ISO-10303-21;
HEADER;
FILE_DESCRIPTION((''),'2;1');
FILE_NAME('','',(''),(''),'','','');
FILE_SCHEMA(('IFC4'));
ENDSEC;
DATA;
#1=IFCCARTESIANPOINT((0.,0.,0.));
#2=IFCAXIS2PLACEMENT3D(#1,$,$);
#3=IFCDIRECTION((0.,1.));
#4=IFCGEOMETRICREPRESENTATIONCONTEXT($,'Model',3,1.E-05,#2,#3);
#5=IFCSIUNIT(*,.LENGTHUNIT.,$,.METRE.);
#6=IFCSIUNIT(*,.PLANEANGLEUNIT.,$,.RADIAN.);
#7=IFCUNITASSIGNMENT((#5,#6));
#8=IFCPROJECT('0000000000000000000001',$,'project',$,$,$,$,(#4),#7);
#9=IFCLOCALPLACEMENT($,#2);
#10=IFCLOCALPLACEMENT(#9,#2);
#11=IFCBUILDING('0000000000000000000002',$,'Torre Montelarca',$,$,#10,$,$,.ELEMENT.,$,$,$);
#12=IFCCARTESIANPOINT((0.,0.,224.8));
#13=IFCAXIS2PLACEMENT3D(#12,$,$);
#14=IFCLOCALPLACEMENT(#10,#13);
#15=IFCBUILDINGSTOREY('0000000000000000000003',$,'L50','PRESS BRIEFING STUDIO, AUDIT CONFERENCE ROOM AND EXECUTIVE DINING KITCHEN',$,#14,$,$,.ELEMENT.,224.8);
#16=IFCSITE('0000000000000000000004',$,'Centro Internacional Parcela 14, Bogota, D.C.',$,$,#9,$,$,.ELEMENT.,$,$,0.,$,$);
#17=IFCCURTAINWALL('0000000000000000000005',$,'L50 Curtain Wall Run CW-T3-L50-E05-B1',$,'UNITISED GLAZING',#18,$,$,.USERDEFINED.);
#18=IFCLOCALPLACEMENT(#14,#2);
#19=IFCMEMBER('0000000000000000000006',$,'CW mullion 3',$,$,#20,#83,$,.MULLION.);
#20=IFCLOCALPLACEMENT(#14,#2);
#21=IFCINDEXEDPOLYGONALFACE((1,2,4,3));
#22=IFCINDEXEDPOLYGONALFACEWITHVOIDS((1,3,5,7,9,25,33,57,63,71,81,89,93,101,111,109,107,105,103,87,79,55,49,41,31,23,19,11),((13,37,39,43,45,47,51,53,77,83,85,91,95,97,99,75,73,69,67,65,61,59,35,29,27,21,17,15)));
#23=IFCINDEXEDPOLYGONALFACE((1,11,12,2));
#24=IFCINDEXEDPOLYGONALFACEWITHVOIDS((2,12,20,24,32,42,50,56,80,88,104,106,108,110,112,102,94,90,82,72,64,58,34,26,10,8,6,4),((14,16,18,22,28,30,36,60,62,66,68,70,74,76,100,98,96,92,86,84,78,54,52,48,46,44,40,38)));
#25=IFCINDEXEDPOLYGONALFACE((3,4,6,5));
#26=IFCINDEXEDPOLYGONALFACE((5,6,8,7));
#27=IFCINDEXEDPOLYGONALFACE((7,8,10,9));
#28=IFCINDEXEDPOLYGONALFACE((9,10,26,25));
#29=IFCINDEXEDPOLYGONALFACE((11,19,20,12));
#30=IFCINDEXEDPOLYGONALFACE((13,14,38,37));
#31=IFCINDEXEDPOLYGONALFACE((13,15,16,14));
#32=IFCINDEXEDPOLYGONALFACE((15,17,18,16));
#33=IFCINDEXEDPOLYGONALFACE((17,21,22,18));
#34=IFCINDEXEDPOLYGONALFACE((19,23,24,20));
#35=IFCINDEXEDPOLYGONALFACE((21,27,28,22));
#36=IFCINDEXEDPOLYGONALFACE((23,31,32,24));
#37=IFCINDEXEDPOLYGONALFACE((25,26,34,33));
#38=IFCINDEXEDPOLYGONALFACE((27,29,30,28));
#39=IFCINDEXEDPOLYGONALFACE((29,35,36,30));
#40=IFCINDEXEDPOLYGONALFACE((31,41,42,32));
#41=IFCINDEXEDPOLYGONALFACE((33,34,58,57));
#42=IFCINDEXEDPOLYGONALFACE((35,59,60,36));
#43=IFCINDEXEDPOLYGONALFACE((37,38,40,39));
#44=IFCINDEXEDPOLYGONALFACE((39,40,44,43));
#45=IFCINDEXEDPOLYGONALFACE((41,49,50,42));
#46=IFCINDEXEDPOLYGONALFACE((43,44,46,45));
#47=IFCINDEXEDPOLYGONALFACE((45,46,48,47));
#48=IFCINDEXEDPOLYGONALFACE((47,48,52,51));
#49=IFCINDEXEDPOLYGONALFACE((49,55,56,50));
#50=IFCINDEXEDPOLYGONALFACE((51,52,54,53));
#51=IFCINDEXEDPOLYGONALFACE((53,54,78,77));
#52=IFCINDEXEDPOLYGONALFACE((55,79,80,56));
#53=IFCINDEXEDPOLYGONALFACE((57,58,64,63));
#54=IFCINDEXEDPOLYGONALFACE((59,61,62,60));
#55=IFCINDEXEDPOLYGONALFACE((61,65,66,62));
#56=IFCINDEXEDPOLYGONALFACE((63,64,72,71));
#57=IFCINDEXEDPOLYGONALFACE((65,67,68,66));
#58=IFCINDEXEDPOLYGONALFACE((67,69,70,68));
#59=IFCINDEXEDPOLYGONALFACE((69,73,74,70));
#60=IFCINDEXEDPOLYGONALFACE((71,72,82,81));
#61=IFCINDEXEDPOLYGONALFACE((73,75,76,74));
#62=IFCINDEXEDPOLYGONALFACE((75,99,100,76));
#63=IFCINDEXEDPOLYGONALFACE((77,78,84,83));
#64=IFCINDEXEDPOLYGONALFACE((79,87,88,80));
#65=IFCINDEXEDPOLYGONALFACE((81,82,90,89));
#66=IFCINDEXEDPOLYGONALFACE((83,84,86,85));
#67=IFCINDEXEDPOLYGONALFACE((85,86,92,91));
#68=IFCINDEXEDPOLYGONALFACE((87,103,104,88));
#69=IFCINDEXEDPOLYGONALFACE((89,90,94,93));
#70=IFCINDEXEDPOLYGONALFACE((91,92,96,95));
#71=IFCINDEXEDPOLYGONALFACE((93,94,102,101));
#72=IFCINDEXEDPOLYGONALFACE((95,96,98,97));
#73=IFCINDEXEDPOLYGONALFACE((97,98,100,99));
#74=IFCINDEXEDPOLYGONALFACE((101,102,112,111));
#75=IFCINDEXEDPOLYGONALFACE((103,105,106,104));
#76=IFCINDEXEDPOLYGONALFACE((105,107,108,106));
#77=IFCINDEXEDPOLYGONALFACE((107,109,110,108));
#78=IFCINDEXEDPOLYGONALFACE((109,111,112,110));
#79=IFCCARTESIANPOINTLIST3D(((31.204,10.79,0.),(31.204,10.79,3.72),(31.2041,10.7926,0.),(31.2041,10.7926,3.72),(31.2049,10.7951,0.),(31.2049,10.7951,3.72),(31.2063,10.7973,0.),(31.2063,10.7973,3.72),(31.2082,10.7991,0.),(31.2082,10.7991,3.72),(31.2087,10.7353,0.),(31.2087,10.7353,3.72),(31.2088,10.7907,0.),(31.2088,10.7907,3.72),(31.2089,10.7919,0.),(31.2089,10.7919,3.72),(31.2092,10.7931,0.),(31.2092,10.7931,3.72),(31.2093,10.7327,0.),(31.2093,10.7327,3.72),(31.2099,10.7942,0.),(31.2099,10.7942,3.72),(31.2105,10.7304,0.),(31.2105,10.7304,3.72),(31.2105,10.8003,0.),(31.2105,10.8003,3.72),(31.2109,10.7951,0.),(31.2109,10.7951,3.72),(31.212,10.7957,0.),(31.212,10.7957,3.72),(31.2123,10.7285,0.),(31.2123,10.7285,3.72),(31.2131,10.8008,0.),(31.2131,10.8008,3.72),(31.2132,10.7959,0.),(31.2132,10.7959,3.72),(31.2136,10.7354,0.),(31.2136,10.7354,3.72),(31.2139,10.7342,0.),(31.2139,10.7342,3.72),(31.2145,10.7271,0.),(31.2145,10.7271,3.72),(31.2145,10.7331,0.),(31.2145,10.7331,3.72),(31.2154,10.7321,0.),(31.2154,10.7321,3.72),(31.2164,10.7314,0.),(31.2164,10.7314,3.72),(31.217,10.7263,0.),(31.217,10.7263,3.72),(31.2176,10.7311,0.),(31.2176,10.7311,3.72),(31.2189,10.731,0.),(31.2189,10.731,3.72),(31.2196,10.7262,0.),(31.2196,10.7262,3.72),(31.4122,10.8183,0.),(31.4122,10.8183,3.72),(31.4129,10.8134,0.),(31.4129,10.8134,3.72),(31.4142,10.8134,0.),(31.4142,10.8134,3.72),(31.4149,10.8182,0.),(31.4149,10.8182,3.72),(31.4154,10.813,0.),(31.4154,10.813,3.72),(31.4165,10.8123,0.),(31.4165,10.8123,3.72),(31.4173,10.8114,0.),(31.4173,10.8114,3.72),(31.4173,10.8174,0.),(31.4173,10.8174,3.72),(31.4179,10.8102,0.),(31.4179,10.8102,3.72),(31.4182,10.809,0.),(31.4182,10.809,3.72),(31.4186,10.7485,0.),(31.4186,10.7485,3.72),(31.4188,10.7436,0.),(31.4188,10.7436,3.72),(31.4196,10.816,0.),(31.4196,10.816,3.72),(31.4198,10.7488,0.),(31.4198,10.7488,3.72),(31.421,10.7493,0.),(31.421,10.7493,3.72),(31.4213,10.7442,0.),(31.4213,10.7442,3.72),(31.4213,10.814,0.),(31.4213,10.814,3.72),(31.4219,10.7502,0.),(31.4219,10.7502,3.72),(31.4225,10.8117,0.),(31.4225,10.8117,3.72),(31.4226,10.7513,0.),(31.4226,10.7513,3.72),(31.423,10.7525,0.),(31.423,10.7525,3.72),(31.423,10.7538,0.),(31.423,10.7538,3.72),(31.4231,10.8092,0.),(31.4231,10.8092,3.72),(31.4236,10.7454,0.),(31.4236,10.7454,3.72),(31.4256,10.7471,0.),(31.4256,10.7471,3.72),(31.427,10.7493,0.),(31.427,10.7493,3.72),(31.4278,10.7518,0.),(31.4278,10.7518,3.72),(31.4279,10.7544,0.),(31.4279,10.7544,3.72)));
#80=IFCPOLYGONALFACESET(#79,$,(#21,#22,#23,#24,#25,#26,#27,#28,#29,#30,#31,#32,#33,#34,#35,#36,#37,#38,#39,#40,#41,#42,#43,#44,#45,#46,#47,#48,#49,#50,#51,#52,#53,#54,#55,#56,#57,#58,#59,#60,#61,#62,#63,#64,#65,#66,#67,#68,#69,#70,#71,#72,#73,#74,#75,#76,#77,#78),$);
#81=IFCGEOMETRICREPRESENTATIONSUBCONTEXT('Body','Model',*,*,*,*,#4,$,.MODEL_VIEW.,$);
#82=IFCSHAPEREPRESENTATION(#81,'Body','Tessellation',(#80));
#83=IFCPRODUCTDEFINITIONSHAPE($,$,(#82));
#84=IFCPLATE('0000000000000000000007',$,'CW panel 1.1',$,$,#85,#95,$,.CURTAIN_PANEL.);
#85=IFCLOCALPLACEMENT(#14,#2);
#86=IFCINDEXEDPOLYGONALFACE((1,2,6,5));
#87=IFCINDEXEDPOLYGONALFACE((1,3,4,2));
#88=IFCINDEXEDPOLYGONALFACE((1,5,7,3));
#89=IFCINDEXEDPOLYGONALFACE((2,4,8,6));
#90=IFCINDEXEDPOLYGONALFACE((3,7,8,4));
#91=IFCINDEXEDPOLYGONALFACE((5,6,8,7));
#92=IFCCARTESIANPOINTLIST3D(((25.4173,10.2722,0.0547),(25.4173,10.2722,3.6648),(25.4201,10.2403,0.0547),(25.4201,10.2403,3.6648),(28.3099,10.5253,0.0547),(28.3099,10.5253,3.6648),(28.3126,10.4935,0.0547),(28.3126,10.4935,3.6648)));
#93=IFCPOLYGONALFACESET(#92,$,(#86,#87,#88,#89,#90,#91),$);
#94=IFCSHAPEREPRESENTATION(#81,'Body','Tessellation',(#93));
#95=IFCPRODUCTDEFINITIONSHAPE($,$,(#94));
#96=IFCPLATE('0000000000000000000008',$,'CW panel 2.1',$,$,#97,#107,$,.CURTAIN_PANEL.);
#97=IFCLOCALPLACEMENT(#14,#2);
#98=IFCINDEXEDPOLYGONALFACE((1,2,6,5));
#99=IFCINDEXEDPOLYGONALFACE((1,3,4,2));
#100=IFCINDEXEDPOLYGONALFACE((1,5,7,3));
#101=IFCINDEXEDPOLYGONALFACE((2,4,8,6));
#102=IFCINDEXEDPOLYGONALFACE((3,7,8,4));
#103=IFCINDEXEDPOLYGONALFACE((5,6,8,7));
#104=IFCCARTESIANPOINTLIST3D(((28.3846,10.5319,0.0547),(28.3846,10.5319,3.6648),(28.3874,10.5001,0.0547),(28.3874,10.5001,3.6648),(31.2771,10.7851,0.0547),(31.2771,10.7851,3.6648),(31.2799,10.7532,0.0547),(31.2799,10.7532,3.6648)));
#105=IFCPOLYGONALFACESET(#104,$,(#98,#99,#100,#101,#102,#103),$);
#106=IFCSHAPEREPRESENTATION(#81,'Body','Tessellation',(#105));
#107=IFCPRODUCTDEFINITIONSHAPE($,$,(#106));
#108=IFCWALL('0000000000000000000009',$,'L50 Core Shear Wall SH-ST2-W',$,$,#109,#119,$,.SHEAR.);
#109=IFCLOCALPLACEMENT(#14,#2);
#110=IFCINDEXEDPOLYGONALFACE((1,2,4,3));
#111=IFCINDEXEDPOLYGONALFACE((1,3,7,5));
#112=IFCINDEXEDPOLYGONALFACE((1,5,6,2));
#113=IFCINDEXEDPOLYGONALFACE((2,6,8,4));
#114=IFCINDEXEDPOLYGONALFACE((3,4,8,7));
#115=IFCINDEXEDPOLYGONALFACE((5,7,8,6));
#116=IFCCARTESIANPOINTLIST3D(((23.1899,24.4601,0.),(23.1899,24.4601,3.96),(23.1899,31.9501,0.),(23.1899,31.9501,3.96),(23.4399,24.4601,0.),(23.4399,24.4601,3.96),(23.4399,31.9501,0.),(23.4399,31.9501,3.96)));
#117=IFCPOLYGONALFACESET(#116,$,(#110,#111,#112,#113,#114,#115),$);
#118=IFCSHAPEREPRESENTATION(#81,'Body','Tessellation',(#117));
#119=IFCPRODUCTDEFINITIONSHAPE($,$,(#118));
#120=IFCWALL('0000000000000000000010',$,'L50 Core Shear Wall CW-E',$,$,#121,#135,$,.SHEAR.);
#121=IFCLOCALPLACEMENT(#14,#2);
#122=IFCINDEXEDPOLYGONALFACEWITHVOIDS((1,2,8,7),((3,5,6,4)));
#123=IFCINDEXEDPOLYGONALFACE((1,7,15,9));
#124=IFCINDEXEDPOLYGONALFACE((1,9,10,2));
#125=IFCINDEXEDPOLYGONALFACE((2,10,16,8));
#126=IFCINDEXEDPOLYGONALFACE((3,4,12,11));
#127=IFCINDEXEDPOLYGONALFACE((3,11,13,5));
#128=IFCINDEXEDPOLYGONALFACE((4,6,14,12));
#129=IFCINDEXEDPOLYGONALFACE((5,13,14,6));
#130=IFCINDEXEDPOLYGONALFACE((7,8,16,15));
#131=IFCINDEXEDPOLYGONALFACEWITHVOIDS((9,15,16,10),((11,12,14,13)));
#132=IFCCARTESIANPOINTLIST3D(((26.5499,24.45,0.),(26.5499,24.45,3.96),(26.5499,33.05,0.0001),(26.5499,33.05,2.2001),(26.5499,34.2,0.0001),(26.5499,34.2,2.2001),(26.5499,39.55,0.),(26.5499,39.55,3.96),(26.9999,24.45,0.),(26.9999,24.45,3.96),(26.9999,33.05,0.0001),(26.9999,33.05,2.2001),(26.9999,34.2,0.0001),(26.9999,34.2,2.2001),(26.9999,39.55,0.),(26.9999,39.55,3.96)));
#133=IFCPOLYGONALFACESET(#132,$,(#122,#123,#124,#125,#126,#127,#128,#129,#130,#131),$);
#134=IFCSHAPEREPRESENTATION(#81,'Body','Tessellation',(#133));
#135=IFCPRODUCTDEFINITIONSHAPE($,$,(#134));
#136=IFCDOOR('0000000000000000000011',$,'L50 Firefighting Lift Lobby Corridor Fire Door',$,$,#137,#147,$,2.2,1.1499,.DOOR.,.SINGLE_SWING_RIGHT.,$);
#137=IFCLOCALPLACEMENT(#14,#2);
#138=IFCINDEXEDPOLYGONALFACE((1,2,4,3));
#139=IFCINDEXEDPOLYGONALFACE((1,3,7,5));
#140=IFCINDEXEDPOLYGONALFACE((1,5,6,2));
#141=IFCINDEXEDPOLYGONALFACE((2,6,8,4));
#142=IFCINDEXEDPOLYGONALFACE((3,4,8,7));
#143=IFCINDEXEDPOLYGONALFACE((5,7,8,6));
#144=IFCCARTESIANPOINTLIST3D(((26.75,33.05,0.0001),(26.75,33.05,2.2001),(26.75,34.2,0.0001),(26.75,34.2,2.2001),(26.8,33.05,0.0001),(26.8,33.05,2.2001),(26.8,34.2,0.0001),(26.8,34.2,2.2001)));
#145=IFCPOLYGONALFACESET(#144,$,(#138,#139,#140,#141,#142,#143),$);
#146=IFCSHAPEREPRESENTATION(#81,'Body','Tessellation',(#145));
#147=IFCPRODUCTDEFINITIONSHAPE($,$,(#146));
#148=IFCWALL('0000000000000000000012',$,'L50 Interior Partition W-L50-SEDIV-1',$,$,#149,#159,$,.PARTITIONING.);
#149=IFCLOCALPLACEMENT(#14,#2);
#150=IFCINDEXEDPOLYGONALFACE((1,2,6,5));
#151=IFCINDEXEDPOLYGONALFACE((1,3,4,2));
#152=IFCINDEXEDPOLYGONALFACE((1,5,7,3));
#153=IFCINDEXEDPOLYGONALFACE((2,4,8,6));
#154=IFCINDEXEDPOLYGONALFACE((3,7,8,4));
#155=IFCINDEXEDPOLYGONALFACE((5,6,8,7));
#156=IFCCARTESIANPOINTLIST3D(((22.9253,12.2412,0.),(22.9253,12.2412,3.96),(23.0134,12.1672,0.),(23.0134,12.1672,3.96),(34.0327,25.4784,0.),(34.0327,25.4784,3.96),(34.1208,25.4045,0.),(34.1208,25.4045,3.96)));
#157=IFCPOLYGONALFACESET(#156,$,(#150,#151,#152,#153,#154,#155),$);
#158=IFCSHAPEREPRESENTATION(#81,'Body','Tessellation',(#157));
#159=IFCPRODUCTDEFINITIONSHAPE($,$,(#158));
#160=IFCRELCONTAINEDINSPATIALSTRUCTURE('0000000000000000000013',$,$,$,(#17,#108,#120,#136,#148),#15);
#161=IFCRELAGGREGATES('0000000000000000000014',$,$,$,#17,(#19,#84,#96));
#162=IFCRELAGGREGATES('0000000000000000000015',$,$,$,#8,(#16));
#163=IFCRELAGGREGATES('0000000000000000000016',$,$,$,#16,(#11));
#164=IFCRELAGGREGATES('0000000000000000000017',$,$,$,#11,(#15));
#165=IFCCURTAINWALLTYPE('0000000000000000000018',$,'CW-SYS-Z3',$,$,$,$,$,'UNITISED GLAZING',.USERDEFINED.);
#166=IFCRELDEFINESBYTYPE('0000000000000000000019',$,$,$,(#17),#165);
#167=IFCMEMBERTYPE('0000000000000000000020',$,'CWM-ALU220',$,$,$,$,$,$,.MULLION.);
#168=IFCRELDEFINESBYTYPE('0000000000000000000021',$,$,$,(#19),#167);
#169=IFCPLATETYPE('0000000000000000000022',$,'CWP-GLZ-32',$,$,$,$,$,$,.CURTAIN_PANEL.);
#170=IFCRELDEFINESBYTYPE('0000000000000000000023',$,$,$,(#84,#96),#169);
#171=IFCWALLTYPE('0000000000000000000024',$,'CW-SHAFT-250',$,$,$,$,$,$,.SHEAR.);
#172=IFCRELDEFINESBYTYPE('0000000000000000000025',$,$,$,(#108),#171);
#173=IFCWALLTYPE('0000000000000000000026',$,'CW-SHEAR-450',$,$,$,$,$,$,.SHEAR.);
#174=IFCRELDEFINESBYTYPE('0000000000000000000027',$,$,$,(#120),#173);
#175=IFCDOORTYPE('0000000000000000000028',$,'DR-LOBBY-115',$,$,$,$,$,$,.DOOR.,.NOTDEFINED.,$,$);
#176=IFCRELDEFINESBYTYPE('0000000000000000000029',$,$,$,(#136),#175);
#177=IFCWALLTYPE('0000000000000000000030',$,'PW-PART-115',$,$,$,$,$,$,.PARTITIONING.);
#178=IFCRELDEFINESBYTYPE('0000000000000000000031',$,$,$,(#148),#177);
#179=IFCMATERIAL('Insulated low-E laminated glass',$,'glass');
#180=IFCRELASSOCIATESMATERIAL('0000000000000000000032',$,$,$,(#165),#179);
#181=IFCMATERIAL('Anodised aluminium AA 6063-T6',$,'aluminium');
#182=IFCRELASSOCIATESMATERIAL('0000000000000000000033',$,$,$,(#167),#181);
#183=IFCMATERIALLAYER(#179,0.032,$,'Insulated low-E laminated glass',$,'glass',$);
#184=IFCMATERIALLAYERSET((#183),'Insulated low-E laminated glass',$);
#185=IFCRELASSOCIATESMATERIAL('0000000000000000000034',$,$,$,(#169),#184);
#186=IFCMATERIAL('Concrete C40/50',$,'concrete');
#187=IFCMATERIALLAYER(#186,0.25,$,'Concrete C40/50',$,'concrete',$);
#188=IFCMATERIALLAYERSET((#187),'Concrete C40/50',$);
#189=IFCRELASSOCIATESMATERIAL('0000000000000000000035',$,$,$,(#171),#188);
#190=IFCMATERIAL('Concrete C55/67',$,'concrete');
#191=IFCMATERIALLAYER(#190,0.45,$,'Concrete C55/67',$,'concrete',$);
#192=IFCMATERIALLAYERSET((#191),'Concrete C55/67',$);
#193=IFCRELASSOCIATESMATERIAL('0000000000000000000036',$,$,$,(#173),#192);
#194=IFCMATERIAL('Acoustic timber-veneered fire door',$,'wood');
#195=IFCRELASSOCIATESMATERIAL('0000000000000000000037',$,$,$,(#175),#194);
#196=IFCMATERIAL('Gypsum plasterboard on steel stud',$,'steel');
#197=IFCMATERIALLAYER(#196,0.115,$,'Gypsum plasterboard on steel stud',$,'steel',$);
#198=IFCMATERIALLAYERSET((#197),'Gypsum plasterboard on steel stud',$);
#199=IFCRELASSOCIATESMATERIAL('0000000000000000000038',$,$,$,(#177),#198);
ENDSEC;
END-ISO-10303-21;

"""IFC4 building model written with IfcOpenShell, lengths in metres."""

from ifc_helpers import new_model, si_unit, direction, frame, frame_2d, origin, origin_2d, place, context, subcontext, project, spatial, rectangle, hollow_rectangle, extrude, source, transform, mapped, material, layer, layer_set, material_profile, profile_set, type_object, element, fill, aggregate, save


model = new_model("IFC4")

# Units and contexts
model_context = context("Model", 3, precision=1e-05, world=origin(), true_north=direction((0.0, 1.0)))
body_context = subcontext(model_context, "Body", "Model", "MODEL_VIEW")
ifc_project = project(units=[si_unit("LENGTHUNIT", "METRE"), si_unit("PLANEANGLEUNIT", "RADIAN")], contexts=[model_context])

# Site, building, storey
site_placement = place(None, origin())
site = spatial("IfcSite", under=ifc_project, at=site_placement, Name="Centro Internacional Parcela 14, Bogota, D.C.", CompositionType="ELEMENT", RefElevation=0.0)
building_placement = place(site_placement, origin())
building = spatial("IfcBuilding", under=site, at=building_placement, Name="Torre Montelarca", CompositionType="ELEMENT")
storey_placement = place(building_placement, frame((0.0, 0.0, 224.8)))
storey = spatial("IfcBuildingStorey", under=building, at=storey_placement, Name="L50", Description="PRESS BRIEFING STUDIO, AUDIT CONFERENCE ROOM AND EXECUTIVE DINING KITCHEN", CompositionType="ELEMENT", Elevation=224.8)

# Shared definitions
ifc_material_1 = material(Name="Concrete C55/67", Category="concrete")

# Curtain wall
ifc_material_2 = material(Name="Insulated low-E laminated glass", Category="glass")
curtain_wall_type = type_object("IfcCurtainWallType", Name="CW-SYS-Z3", ElementType="UNITISED GLAZING", PredefinedType="USERDEFINED", material=ifc_material_2)
curtain_wall_1_placement = place(storey_placement, origin())
curtain_wall_1 = element("IfcCurtainWall", 1, at=curtain_wall_1_placement, inside=storey, type_object=curtain_wall_type, Name="L50 Curtain Wall Run CW-T3-L50-E05-B1", ObjectType="UNITISED GLAZING", PredefinedType="USERDEFINED")
ifc_material_3 = material(Name="Anodised aluminium AA 6063-T6", Category="aluminium")

# Shared definitions
ifc_material_profile_1 = material_profile(ifc_material_3, hollow_rectangle(XDim=0.075, YDim=0.22, WallThickness=0.0049, InnerFilletRadius=0.0049, OuterFilletRadius=0.01, at=origin_2d()), Name="ALU75X220X5", Category="aluminium")
ifc_profile_set_1 = profile_set([ifc_material_profile_1], Name="Anodised aluminium AA 6063-T6")
member_type_1 = type_object("IfcMemberType", Name="CWM-ALU220", PredefinedType="MULLION", material=ifc_profile_set_1)
shared_shape_1 = source(origin(), body_context, "Body", "SweptSolid", [
    extrude(hollow_rectangle(XDim=0.075, YDim=0.22, WallThickness=0.0049, InnerFilletRadius=0.0049, OuterFilletRadius=0.01, at=origin_2d()), origin(), (0.0, 0.0, 1.0), 3.72),
])

# Member
member_1_placement = place(storey_placement, frame((31.3159, 10.7722, 0.0), z_axis=(0.0, 0.0, 1.0), x_axis=(-0.087181, 0.996192, 0.0)))
member_1 = element("IfcMember", 2, at=member_1_placement, type_object=member_type_1, Name="CW mullion 3", PredefinedType="MULLION", context=body_context, shape_type="MappedRepresentation", body=[
    mapped(shared_shape_1, transform((0.0, 0.0, 0.0), scale=1.0)),
])

# Plates
ifc_layer_1 = layer(ifc_material_2, 0.032, Name="Insulated low-E laminated glass", Category="glass")
ifc_layer_set_1 = layer_set([ifc_layer_1], Name="Insulated low-E laminated glass")
plate_type = type_object("IfcPlateType", Name="CWP-GLZ-32", PredefinedType="CURTAIN_PANEL", material=ifc_layer_set_1)
shared_shape_2 = source(origin(), body_context, "Body", "SweptSolid", [
    extrude(rectangle(XDim=2.9036, YDim=0.032, at=origin_2d()), origin(), (0.0, 0.0, 1.0), 3.6101),
])
plate_1_placement = place(storey_placement, frame((26.865, 10.3828, 0.0547), z_axis=(0.0, 0.0, 1.0), x_axis=(0.996192, 0.087181, 0.0)))
plate_1 = element("IfcPlate", 3, at=plate_1_placement, type_object=plate_type, Name="CW panel 1.1", PredefinedType="CURTAIN_PANEL", context=body_context, shape_type="MappedRepresentation", body=[
    mapped(shared_shape_2, transform((0.0, 0.0, 0.0), scale=1.0)),
])
plate_2_placement = place(storey_placement, frame((29.8323, 10.6426, 0.0547), z_axis=(0.0, 0.0, 1.0), x_axis=(0.996192, 0.087181, 0.0)))
plate_2 = element("IfcPlate", 4, at=plate_2_placement, type_object=plate_type, Name="CW panel 2.1", PredefinedType="CURTAIN_PANEL", context=body_context, shape_type="MappedRepresentation", body=[
    mapped(shared_shape_2, transform((0.0, 0.0, 0.0), scale=1.0)),
])
aggregate(curtain_wall_1, [member_1, plate_1, plate_2])

# Wall
ifc_material_4 = material(Name="Concrete C40/50", Category="concrete")
ifc_layer_2 = layer(ifc_material_4, 0.25, Name="Concrete C40/50", Category="concrete")
ifc_layer_set_2 = layer_set([ifc_layer_2], Name="Concrete C40/50")
wall_type_1 = type_object("IfcWallType", Name="CW-SHAFT-250", PredefinedType="SHEAR", material=ifc_layer_set_2)
wall_1_placement = place(storey_placement, frame((23.3149, 24.46, 0.0), z_axis=(0.0, 0.0, 1.0), x_axis=(0.0, 1.0, 0.0)))
element("IfcWall", 5, at=wall_1_placement, inside=storey, type_object=wall_type_1, Name="L50 Core Shear Wall SH-ST2-W", PredefinedType="SHEAR", context=body_context, shape_type="SweptSolid", body=[
    extrude(rectangle(XDim=7.49, YDim=0.25, at=frame_2d((3.7451, 0.0))), origin(), (0.0, 0.0, 1.0), 3.96),
])

# Wall, opening, door
ifc_layer_3 = layer(ifc_material_1, 0.45, Name="Concrete C55/67", Category="concrete")
ifc_layer_set_3 = layer_set([ifc_layer_3], Name="Concrete C55/67")
wall_type_2 = type_object("IfcWallType", Name="CW-SHEAR-450", PredefinedType="SHEAR", material=ifc_layer_set_3)
wall_2_placement = place(storey_placement, frame((26.7749, 24.45, 0.0), z_axis=(0.0, 0.0, 1.0), x_axis=(0.0, 1.0, 0.0)))
wall_2 = element("IfcWall", 6, at=wall_2_placement, inside=storey, type_object=wall_type_2, Name="L50 Core Shear Wall CW-E", PredefinedType="SHEAR", context=body_context, shape_type="SweptSolid", body=[
    extrude(rectangle(XDim=15.1001, YDim=0.45, at=frame_2d((7.55, 0.0))), origin(), (0.0, 0.0, 1.0), 3.96),
])
opening_placement = place(wall_2_placement, frame((8.6001, 0.0, 0.0)))
opening = element("IfcOpeningElement", 7, at=opening_placement, cuts=wall_2, PredefinedType="OPENING", context=body_context, shape_type="SweptSolid", body=[
    extrude(rectangle(XDim=1.1499, YDim=2.2, at=frame_2d((0.575, 1.1001))), frame((0.0, 0.2349, 0.0), z_axis=(0.0, -1.0, 0.0), x_axis=(1.0, 0.0, 0.0)), (0.0, 0.0, 1.0), 0.47),
])
ifc_material_5 = material(Name="Acoustic timber-veneered fire door", Category="wood")
door_type = type_object("IfcDoorType", Name="DR-LOBBY-115", OperationType="NOTDEFINED", PredefinedType="DOOR", material=ifc_material_5)
shared_shape_3 = source(origin(), body_context, "Body", "SweptSolid", [
    extrude(rectangle(XDim=1.1499, YDim=2.2, at=frame_2d((0.575, 1.1001))), frame((0.0, 0.0249, 0.0), z_axis=(0.0, -1.0, 0.0), x_axis=(1.0, 0.0, 0.0)), (0.0, 0.0, 1.0), 0.05),
])
door_placement = place(opening_placement, origin())
door = element("IfcDoor", 8, at=door_placement, inside=storey, type_object=door_type, Name="L50 Firefighting Lift Lobby Corridor Fire Door", OperationType="SINGLE_SWING_RIGHT", OverallHeight=2.2, OverallWidth=1.1499, PredefinedType="DOOR", context=body_context, shape_type="MappedRepresentation", body=[
    mapped(shared_shape_3, transform((0.0, 0.0, 0.0), scale=1.0)),
])
fill(opening, door)

# Wall
ifc_material_6 = material(Name="Gypsum plasterboard on steel stud", Category="steel")
ifc_layer_4 = layer(ifc_material_6, 0.115, Name="Gypsum plasterboard on steel stud", Category="steel")
ifc_layer_set_4 = layer_set([ifc_layer_4], Name="Gypsum plasterboard on steel stud")
wall_type_3 = type_object("IfcWallType", Name="PW-PART-115", PredefinedType="PARTITIONING", material=ifc_layer_set_4)
wall_3_placement = place(storey_placement, frame((22.9692, 12.2041, 0.0), z_axis=(0.0, 0.0, 1.0), x_axis=(0.642788, 0.766044, 0.0)))
element("IfcWall", 9, at=wall_3_placement, inside=storey, type_object=wall_type_3, Name="L50 Interior Partition W-L50-SEDIV-1", PredefinedType="PARTITIONING", context=body_context, shape_type="SweptSolid", body=[
    extrude(rectangle(XDim=17.28, YDim=0.115, at=frame_2d((8.6401, 0.0))), origin(), (0.0, 0.0, 1.0), 3.96),
])

save(model, "model.ifc")
